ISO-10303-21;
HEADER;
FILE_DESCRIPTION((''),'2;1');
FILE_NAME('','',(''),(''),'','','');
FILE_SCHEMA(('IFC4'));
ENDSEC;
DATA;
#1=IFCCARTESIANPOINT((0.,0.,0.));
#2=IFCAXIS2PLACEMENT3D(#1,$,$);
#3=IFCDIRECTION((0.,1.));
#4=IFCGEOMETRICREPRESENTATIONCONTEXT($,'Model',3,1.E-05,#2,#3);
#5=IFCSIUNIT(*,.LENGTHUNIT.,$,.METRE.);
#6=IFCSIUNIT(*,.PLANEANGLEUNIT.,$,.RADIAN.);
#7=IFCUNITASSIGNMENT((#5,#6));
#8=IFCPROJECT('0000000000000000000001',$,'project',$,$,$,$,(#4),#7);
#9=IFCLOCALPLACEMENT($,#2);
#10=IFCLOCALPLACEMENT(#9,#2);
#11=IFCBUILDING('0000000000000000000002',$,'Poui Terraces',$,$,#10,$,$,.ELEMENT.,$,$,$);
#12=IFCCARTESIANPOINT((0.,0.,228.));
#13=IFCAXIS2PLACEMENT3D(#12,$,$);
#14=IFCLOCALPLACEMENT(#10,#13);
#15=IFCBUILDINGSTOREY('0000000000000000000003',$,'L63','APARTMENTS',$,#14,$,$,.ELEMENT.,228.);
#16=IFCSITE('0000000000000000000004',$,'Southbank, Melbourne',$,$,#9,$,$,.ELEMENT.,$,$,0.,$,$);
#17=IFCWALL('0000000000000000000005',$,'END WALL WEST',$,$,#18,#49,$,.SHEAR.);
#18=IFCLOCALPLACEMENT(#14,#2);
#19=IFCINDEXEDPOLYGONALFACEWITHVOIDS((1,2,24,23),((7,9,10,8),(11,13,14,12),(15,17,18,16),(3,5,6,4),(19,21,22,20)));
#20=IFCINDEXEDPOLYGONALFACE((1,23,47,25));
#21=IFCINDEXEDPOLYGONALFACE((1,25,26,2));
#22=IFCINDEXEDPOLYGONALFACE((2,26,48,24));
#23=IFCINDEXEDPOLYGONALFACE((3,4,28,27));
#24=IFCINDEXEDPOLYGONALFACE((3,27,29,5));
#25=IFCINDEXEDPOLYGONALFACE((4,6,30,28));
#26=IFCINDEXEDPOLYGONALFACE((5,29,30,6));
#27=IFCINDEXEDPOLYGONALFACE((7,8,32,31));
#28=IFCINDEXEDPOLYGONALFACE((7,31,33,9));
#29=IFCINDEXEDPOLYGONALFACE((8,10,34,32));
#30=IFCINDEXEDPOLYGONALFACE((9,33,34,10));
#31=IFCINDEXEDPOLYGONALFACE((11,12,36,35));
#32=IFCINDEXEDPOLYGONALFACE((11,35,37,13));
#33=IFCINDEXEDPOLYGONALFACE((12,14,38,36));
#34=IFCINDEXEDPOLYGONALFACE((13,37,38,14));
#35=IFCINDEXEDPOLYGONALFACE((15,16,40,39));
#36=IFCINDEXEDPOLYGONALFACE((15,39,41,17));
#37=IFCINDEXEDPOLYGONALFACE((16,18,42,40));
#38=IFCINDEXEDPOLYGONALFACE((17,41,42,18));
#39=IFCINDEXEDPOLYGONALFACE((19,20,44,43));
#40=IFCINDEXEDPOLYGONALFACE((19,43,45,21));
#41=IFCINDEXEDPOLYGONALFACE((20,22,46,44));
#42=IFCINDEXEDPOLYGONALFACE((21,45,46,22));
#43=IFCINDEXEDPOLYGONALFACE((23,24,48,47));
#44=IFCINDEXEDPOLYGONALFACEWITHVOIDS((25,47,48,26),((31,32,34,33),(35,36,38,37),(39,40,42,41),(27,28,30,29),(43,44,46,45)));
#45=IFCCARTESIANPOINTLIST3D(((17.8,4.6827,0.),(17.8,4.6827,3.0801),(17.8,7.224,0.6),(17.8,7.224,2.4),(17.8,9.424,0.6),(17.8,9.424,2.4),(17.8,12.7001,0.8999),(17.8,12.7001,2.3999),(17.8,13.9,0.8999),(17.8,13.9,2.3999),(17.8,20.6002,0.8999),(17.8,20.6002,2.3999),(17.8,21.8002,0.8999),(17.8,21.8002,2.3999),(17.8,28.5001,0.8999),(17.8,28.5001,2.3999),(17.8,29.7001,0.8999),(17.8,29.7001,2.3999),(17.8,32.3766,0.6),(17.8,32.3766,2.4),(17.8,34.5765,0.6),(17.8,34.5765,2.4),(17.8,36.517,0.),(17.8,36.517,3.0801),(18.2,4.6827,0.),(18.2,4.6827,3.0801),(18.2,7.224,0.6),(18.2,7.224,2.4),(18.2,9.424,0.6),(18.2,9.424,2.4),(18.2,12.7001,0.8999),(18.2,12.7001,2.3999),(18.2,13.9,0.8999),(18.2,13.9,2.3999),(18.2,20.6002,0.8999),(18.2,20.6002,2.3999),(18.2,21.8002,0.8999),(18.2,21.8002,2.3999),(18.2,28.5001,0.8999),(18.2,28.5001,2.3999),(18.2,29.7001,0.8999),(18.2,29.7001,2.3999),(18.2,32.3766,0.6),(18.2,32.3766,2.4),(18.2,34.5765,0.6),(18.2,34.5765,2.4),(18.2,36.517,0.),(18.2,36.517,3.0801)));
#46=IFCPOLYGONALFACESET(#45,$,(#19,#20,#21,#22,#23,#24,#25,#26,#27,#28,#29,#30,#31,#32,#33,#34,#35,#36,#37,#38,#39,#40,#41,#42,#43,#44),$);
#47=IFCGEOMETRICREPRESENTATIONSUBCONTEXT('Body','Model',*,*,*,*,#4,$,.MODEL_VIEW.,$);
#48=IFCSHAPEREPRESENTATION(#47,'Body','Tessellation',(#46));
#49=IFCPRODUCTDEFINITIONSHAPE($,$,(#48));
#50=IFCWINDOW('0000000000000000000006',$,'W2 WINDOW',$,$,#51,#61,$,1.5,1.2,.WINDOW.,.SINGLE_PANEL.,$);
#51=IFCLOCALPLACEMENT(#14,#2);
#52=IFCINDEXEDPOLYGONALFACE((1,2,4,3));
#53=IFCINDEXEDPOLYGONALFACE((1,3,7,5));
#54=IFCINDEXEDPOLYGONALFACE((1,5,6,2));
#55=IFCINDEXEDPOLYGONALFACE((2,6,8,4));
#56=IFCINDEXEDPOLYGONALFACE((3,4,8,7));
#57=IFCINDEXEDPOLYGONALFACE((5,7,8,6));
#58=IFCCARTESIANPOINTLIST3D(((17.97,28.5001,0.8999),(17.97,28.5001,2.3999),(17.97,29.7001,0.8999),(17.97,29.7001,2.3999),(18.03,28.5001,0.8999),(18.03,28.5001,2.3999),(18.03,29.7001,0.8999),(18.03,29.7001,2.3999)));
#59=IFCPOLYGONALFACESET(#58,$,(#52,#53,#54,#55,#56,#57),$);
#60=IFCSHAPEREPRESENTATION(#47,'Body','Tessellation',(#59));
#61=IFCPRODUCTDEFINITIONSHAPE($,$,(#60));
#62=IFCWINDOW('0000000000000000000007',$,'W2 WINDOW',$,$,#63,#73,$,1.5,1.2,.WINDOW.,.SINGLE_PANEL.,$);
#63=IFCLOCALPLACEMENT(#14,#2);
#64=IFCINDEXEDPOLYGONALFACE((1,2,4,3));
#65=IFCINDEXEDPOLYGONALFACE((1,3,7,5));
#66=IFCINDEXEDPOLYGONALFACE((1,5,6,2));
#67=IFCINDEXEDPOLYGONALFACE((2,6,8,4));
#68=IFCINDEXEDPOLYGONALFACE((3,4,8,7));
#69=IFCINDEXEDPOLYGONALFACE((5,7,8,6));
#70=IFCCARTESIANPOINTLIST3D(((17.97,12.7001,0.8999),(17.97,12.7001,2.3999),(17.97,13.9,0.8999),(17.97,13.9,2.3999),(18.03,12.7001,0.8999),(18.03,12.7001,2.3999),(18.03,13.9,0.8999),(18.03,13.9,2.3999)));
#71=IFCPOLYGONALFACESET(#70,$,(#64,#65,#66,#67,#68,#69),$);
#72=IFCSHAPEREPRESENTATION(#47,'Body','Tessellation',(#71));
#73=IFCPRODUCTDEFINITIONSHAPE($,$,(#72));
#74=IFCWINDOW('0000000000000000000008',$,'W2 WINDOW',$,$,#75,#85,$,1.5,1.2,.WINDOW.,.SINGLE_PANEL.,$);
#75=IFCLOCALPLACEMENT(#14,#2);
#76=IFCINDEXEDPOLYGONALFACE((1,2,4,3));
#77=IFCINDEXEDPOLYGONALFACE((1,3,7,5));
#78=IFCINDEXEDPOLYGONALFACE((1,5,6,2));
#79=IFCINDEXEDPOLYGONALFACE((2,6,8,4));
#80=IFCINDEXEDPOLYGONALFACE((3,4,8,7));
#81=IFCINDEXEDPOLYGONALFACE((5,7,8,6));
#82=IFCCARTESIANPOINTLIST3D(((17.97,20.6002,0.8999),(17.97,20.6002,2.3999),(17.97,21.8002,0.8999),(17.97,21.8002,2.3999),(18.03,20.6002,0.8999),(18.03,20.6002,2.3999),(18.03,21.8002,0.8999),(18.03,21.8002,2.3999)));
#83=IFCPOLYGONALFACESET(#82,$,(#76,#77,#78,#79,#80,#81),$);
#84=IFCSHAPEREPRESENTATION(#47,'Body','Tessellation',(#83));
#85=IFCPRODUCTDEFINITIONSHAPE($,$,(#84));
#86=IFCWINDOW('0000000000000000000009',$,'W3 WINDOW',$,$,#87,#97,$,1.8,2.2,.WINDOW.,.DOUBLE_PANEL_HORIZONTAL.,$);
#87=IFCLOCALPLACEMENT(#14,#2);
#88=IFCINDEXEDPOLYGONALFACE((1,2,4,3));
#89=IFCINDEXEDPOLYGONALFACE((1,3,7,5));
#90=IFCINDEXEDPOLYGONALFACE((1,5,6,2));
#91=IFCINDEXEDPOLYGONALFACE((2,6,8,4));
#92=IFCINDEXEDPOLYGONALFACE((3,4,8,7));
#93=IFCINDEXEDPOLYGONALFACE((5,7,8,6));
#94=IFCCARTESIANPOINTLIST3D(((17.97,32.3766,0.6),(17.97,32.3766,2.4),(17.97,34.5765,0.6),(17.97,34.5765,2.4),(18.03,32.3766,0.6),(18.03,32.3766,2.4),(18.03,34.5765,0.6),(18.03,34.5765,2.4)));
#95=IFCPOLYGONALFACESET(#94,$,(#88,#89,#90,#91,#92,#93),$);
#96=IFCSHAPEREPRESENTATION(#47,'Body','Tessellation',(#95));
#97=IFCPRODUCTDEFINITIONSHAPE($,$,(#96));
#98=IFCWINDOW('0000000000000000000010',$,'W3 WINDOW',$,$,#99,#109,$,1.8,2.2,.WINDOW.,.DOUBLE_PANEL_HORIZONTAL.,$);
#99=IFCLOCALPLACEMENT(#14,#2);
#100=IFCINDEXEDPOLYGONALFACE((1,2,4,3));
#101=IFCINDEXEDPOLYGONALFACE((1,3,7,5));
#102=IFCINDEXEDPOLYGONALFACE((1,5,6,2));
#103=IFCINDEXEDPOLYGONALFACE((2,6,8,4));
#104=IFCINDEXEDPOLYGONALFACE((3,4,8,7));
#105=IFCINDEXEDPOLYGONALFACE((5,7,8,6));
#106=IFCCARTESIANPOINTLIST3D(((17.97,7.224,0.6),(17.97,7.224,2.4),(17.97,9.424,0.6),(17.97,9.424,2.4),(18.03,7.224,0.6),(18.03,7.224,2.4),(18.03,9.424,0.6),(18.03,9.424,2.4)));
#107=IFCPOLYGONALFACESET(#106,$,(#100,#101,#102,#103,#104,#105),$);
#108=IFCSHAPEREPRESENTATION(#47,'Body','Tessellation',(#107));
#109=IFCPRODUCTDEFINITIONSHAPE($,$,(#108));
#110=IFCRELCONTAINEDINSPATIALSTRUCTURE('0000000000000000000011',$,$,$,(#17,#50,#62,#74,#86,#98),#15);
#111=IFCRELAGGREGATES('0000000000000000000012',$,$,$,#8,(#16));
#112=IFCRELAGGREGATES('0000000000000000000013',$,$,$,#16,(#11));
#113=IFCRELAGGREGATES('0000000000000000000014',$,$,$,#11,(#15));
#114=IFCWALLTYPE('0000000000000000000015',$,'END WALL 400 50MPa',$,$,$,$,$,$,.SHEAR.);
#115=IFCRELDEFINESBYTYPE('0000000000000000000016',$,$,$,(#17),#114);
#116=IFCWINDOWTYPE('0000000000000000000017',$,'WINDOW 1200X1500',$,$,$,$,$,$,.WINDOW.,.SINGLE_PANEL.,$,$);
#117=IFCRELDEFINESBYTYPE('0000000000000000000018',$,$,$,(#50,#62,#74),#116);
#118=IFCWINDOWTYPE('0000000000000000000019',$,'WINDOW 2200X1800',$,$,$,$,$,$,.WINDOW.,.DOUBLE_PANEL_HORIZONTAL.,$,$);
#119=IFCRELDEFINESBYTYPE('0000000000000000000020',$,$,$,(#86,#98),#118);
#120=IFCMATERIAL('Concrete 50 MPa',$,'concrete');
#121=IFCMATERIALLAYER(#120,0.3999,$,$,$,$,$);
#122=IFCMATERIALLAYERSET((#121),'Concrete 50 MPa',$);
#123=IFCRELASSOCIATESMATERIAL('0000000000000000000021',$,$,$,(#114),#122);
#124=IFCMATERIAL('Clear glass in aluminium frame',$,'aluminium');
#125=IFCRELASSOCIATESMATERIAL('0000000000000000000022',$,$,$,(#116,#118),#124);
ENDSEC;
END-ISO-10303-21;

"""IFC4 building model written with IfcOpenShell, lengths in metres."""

from ifc_helpers import new_model, si_unit, direction, frame, frame_2d, origin, place, context, subcontext, project, spatial, rectangle, extrude, material, layer, layer_set, type_object, element, fill, save


model = new_model("IFC4")

# Units and contexts
model_context = context("Model", 3, precision=1e-05, world=origin(), true_north=direction((0.0, 1.0)))
body_context = subcontext(model_context, "Body", "Model", "MODEL_VIEW")
ifc_project = project(units=[si_unit("LENGTHUNIT", "METRE"), si_unit("PLANEANGLEUNIT", "RADIAN")], contexts=[model_context])

# Site, building, storey
site_placement = place(None, origin())
site = spatial("IfcSite", under=ifc_project, at=site_placement, Name="Southbank, Melbourne", CompositionType="ELEMENT", RefElevation=0.0)
building_placement = place(site_placement, origin())
building = spatial("IfcBuilding", under=site, at=building_placement, Name="Poui Terraces", CompositionType="ELEMENT")
storey_placement = place(building_placement, frame((0.0, 0.0, 228.0)))
storey = spatial("IfcBuildingStorey", under=building, at=storey_placement, Name="L63", Description="APARTMENTS", CompositionType="ELEMENT", Elevation=228.0)

# Wall, openings, windows
ifc_material_1 = material(Name="Concrete 50 MPa", Category="concrete")
ifc_layer = layer(ifc_material_1, 0.3999)
ifc_layer_set = layer_set([ifc_layer], Name="Concrete 50 MPa")
wall_type = type_object("IfcWallType", Name="END WALL 400 50MPa", PredefinedType="SHEAR", material=ifc_layer_set)
wall_placement = place(storey_placement, frame((18.0, 4.6829, 0.0), z_axis=(0.0, 0.0, 1.0), x_axis=(0.0, 1.0, 0.0)))
wall = element("IfcWall", 1, at=wall_placement, inside=storey, type_object=wall_type, Name="END WALL WEST", PredefinedType="SHEAR", context=body_context, shape_type="SweptSolid", body=[
    extrude(rectangle(XDim=31.8342, YDim=0.3999, at=frame_2d((15.917, 0.0))), origin(), (0.0, 0.0, 1.0), 3.0801),
])
opening_1_placement = place(wall_placement, frame((23.8171, 0.0, 0.8999)))
opening_1 = element("IfcOpeningElement", 2, at=opening_1_placement, cuts=wall, PredefinedType="OPENING", context=body_context, shape_type="SweptSolid", body=[
    extrude(rectangle(XDim=1.2, YDim=1.5, at=frame_2d((0.6001, 0.75))), frame((0.0, 0.21, 0.0), z_axis=(0.0, -1.0, 0.0), x_axis=(1.0, 0.0, 0.0)), (0.0, 0.0, 1.0), 0.4199),
])
opening_2_placement = place(wall_placement, frame((8.0171, 0.0, 0.8999)))
opening_2 = element("IfcOpeningElement", 3, at=opening_2_placement, cuts=wall, PredefinedType="OPENING", context=body_context, shape_type="SweptSolid", body=[
    extrude(rectangle(XDim=1.2, YDim=1.5, at=frame_2d((0.6001, 0.75))), frame((0.0, 0.21, 0.0), z_axis=(0.0, -1.0, 0.0), x_axis=(1.0, 0.0, 0.0)), (0.0, 0.0, 1.0), 0.4199),
])
opening_3_placement = place(wall_placement, frame((27.6936, 0.0, 0.6001)))
opening_3 = element("IfcOpeningElement", 4, at=opening_3_placement, cuts=wall, PredefinedType="OPENING", context=body_context, shape_type="SweptSolid", body=[
    extrude(rectangle(XDim=2.2, YDim=1.8, at=frame_2d((1.1001, 0.8999))), frame((0.0, 0.21, 0.0), z_axis=(0.0, -1.0, 0.0), x_axis=(1.0, 0.0, 0.0)), (0.0, 0.0, 1.0), 0.4199),
])
opening_4_placement = place(wall_placement, frame((2.541, 0.0, 0.6001)))
opening_4 = element("IfcOpeningElement", 5, at=opening_4_placement, cuts=wall, PredefinedType="OPENING", context=body_context, shape_type="SweptSolid", body=[
    extrude(rectangle(XDim=2.2, YDim=1.8, at=frame_2d((1.1001, 0.8999))), frame((0.0, 0.21, 0.0), z_axis=(0.0, -1.0, 0.0), x_axis=(1.0, 0.0, 0.0)), (0.0, 0.0, 1.0), 0.4199),
])
opening_5_placement = place(wall_placement, frame((15.9172, 0.0, 0.8999)))
opening_5 = element("IfcOpeningElement", 6, at=opening_5_placement, cuts=wall, PredefinedType="OPENING", context=body_context, shape_type="SweptSolid", body=[
    extrude(rectangle(XDim=1.2, YDim=1.5, at=frame_2d((0.6001, 0.75))), frame((0.0, 0.21, 0.0), z_axis=(0.0, -1.0, 0.0), x_axis=(1.0, 0.0, 0.0)), (0.0, 0.0, 1.0), 0.4199),
])
ifc_material_2 = material(Name="Clear glass in aluminium frame", Category="aluminium")
window_type_1 = type_object("IfcWindowType", Name="WINDOW 1200X1500", PartitioningType="SINGLE_PANEL", PredefinedType="WINDOW", material=ifc_material_2)
window_1_placement = place(opening_1_placement, origin())
window_1 = element("IfcWindow", 7, at=window_1_placement, inside=storey, type_object=window_type_1, Name="W2 WINDOW", OverallHeight=1.5, OverallWidth=1.2, PartitioningType="SINGLE_PANEL", PredefinedType="WINDOW", context=body_context, shape_type="SweptSolid", body=[
    extrude(rectangle(XDim=1.2, YDim=1.5, at=frame_2d((0.6001, 0.75))), frame((0.0, 0.03, 0.0), z_axis=(0.0, -1.0, 0.0), x_axis=(1.0, 0.0, 0.0)), (0.0, 0.0, 1.0), 0.0601),
])
fill(opening_1, window_1)
window_2_placement = place(opening_2_placement, origin())
window_2 = element("IfcWindow", 8, at=window_2_placement, inside=storey, type_object=window_type_1, Name="W2 WINDOW", OverallHeight=1.5, OverallWidth=1.2, PartitioningType="SINGLE_PANEL", PredefinedType="WINDOW", context=body_context, shape_type="SweptSolid", body=[
    extrude(rectangle(XDim=1.2, YDim=1.5, at=frame_2d((0.6001, 0.75))), frame((0.0, 0.03, 0.0), z_axis=(0.0, -1.0, 0.0), x_axis=(1.0, 0.0, 0.0)), (0.0, 0.0, 1.0), 0.0601),
])
fill(opening_2, window_2)
window_3_placement = place(opening_5_placement, origin())
window_3 = element("IfcWindow", 9, at=window_3_placement, inside=storey, type_object=window_type_1, Name="W2 WINDOW", OverallHeight=1.5, OverallWidth=1.2, PartitioningType="SINGLE_PANEL", PredefinedType="WINDOW", context=body_context, shape_type="SweptSolid", body=[
    extrude(rectangle(XDim=1.2, YDim=1.5, at=frame_2d((0.6001, 0.75))), frame((0.0, 0.03, 0.0), z_axis=(0.0, -1.0, 0.0), x_axis=(1.0, 0.0, 0.0)), (0.0, 0.0, 1.0), 0.0601),
])
fill(opening_5, window_3)
window_type_2 = type_object("IfcWindowType", Name="WINDOW 2200X1800", PartitioningType="DOUBLE_PANEL_HORIZONTAL", PredefinedType="WINDOW", material=ifc_material_2)
window_4_placement = place(opening_3_placement, origin())
window_4 = element("IfcWindow", 10, at=window_4_placement, inside=storey, type_object=window_type_2, Name="W3 WINDOW", OverallHeight=1.8, OverallWidth=2.2, PartitioningType="DOUBLE_PANEL_HORIZONTAL", PredefinedType="WINDOW", context=body_context, shape_type="SweptSolid", body=[
    extrude(rectangle(XDim=2.2, YDim=1.8, at=frame_2d((1.1001, 0.8999))), frame((0.0, 0.03, 0.0), z_axis=(0.0, -1.0, 0.0), x_axis=(1.0, 0.0, 0.0)), (0.0, 0.0, 1.0), 0.0601),
])
fill(opening_3, window_4)
window_5_placement = place(opening_4_placement, origin())
window_5 = element("IfcWindow", 11, at=window_5_placement, inside=storey, type_object=window_type_2, Name="W3 WINDOW", OverallHeight=1.8, OverallWidth=2.2, PartitioningType="DOUBLE_PANEL_HORIZONTAL", PredefinedType="WINDOW", context=body_context, shape_type="SweptSolid", body=[
    extrude(rectangle(XDim=2.2, YDim=1.8, at=frame_2d((1.1001, 0.8999))), frame((0.0, 0.03, 0.0), z_axis=(0.0, -1.0, 0.0), x_axis=(1.0, 0.0, 0.0)), (0.0, 0.0, 1.0), 0.0601),
])
fill(opening_4, window_5)

save(model, "model.ifc")
